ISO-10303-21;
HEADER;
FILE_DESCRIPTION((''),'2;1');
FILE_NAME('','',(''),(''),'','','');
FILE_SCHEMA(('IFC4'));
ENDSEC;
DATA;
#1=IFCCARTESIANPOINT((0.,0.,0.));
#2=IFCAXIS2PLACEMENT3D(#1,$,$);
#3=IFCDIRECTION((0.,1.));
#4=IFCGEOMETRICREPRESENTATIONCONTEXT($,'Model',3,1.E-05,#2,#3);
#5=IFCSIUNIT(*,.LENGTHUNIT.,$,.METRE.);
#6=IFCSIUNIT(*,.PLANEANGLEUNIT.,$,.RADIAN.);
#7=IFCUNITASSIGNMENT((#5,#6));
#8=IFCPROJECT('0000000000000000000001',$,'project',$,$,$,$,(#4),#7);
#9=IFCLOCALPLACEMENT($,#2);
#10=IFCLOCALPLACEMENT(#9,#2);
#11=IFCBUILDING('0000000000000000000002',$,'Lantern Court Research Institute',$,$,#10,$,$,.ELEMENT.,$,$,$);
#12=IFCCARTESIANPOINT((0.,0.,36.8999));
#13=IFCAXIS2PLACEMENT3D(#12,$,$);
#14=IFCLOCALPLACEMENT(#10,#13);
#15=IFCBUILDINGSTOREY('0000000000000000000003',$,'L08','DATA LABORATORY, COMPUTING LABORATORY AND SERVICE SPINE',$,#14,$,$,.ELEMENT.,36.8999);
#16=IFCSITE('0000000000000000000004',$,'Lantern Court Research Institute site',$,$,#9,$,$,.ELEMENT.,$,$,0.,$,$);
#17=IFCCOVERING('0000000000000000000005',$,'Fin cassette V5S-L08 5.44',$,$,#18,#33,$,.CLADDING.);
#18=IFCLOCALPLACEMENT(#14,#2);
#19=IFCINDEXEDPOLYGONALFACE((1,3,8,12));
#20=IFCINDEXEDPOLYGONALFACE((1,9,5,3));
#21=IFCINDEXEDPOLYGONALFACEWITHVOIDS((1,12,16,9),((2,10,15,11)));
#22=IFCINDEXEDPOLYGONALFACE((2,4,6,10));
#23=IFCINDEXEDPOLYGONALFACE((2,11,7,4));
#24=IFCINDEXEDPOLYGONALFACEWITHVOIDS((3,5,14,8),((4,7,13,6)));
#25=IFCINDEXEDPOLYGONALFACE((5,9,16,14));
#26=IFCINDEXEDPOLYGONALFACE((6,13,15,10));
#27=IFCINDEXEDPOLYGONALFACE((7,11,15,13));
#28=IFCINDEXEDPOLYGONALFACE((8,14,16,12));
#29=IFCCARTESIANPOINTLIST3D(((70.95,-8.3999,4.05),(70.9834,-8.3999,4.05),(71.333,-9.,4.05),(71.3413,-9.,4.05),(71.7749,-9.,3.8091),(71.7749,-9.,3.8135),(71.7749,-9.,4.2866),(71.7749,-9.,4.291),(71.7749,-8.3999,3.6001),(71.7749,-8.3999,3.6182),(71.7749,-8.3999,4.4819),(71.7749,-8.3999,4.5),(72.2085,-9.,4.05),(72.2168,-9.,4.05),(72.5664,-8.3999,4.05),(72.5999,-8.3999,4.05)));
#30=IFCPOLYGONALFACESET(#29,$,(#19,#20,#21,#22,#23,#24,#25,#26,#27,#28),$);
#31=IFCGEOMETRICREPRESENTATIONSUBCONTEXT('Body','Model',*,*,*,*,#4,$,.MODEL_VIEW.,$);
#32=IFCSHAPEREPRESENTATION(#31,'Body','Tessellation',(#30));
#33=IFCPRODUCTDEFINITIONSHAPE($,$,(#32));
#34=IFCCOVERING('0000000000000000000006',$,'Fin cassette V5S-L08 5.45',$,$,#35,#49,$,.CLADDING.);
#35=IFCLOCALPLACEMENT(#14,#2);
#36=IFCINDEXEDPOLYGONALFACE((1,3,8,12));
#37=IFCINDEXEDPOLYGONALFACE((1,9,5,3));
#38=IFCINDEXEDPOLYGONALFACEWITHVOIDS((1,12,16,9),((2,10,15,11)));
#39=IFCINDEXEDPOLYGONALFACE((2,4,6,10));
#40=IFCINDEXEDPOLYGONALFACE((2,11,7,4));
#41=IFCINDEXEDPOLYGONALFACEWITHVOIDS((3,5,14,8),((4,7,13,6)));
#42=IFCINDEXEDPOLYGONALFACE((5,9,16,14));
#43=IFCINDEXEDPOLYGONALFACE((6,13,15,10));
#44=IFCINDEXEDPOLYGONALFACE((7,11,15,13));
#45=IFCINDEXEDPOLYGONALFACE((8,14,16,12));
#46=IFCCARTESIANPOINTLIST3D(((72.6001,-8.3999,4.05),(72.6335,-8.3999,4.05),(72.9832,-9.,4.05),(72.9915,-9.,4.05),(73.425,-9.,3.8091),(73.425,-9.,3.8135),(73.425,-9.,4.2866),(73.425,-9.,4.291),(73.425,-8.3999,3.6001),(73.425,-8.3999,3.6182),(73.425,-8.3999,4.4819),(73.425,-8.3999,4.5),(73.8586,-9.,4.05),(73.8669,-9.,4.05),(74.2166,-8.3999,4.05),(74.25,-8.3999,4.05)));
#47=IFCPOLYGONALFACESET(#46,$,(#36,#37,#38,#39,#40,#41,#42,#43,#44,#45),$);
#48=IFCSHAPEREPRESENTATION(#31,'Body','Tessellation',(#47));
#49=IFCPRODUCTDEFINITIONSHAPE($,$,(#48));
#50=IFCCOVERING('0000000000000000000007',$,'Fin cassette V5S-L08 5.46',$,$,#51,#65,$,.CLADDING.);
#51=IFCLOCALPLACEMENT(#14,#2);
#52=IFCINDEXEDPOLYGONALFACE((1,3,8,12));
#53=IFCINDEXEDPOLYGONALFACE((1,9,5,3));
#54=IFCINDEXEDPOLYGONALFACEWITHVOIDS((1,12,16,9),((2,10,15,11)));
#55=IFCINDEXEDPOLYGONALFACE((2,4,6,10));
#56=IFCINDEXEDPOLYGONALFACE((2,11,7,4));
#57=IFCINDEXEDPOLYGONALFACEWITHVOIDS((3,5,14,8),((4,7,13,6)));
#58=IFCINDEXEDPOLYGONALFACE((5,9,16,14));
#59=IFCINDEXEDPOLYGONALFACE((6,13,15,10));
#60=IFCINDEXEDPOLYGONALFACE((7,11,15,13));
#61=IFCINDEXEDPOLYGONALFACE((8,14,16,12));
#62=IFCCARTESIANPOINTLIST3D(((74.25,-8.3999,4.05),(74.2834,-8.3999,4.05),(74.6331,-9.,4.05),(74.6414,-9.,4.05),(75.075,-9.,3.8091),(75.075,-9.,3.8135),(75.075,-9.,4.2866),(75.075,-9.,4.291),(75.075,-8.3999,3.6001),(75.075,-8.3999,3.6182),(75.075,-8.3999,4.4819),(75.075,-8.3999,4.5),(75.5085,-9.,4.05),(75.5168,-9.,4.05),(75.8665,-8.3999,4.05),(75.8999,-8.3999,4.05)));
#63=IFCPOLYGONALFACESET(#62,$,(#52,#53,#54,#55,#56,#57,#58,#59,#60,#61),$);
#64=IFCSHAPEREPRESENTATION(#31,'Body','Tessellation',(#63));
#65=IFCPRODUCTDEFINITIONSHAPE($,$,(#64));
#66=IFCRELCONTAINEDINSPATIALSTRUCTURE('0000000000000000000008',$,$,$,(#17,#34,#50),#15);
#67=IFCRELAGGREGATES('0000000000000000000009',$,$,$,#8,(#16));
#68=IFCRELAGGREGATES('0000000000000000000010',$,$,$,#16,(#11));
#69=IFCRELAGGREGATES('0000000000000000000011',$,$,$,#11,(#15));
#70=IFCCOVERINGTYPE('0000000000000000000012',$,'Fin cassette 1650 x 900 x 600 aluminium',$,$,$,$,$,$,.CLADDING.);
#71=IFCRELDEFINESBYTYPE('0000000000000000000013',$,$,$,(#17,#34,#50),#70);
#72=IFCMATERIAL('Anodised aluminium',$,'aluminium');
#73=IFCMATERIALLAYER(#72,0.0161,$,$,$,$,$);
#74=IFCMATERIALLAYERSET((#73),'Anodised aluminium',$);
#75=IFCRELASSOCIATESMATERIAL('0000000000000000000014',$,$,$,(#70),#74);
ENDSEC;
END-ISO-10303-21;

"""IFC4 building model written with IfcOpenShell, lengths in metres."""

from ifc_helpers import new_model, entity, si_unit, direction, frame, origin, place, context, subcontext, project, spatial, material, layer, layer_set, type_object, element, save


model = new_model("IFC4")

# Units and contexts
model_context = context("Model", 3, precision=1e-05, world=origin(), true_north=direction((0.0, 1.0)))
body_context = subcontext(model_context, "Body", "Model", "MODEL_VIEW")
ifc_project = project(units=[si_unit("LENGTHUNIT", "METRE"), si_unit("PLANEANGLEUNIT", "RADIAN")], contexts=[model_context])

# Site, building, storey
site_placement = place(None, origin())
site = spatial("IfcSite", under=ifc_project, at=site_placement, Name="Lantern Court Research Institute site", CompositionType="ELEMENT", RefElevation=0.0)
building_placement = place(site_placement, origin())
building = spatial("IfcBuilding", under=site, at=building_placement, Name="Lantern Court Research Institute", CompositionType="ELEMENT")
storey_placement = place(building_placement, frame((0.0, 0.0, 36.8999)))
storey = spatial("IfcBuildingStorey", under=building, at=storey_placement, Name="L08", Description="DATA LABORATORY, COMPUTING LABORATORY AND SERVICE SPINE", CompositionType="ELEMENT", Elevation=36.8999)

# Coverings
ifc_material = material(Name="Anodised aluminium", Category="aluminium")
ifc_layer = layer(ifc_material, 0.0161)
ifc_layer_set = layer_set([ifc_layer], Name="Anodised aluminium")
covering_type = type_object("IfcCoveringType", Name="Fin cassette 1650 x 900 x 600 aluminium", PredefinedType="CLADDING", material=ifc_layer_set)
covering_1_placement = place(storey_placement, frame((71.7749, -8.3999, 4.05), z_axis=(0.0, -1.0, 0.0), x_axis=(1.0, 0.0, 0.0)))
cartesian_point_1 = entity("IfcCartesianPoint", [0.825, 0.0])
cartesian_point_2 = entity("IfcCartesianPoint", [0.7915, 0.0])
cartesian_point_3 = entity("IfcCartesianPoint", [0.4419, 0.0])
cartesian_point_4 = entity("IfcCartesianPoint", [0.4336, 0.0])
element("IfcCovering", 1, at=covering_1_placement, inside=storey, type_object=covering_type, Name="Fin cassette V5S-L08 5.44", PredefinedType="CLADDING", context=body_context, shape_type="SweptSolid", body=[
    entity("IfcExtrudedAreaSolidTapered", entity("IfcArbitraryProfileDefWithVoids", "AREA", None, entity("IfcPolyline", [cartesian_point_1, entity("IfcCartesianPoint", [0.0, 0.45]), entity("IfcCartesianPoint", [-0.825, 0.0]), entity("IfcCartesianPoint", [0.0, -0.45]), cartesian_point_1]), [entity("IfcPolyline", [cartesian_point_2, entity("IfcCartesianPoint", [0.0, 0.4319]), entity("IfcCartesianPoint", [-0.7915, 0.0]), entity("IfcCartesianPoint", [0.0, -0.4319]), cartesian_point_2])]), entity("IfcAxis2Placement3D", entity("IfcCartesianPoint", [0.0, 0.0, 0.0])), entity("IfcDirection", [0.0, 0.0, 1.0]), 0.6001, entity("IfcArbitraryProfileDefWithVoids", "AREA", None, entity("IfcPolyline", [cartesian_point_3, entity("IfcCartesianPoint", [0.0, 0.241]), entity("IfcCartesianPoint", [-0.4419, 0.0]), entity("IfcCartesianPoint", [0.0, -0.241]), cartesian_point_3]), [entity("IfcPolyline", [cartesian_point_4, entity("IfcCartesianPoint", [0.0, 0.2366]), entity("IfcCartesianPoint", [-0.4336, 0.0]), entity("IfcCartesianPoint", [0.0, -0.2366]), cartesian_point_4])])),
])
covering_2_placement = place(storey_placement, frame((73.425, -8.3999, 4.05), z_axis=(0.0, -1.0, 0.0), x_axis=(1.0, 0.0, 0.0)))
cartesian_point_5 = entity("IfcCartesianPoint", [0.825, 0.0])
cartesian_point_6 = entity("IfcCartesianPoint", [0.7915, 0.0])
cartesian_point_7 = entity("IfcCartesianPoint", [0.4419, 0.0])
cartesian_point_8 = entity("IfcCartesianPoint", [0.4336, 0.0])
element("IfcCovering", 2, at=covering_2_placement, inside=storey, type_object=covering_type, Name="Fin cassette V5S-L08 5.45", PredefinedType="CLADDING", context=body_context, shape_type="SweptSolid", body=[
    entity("IfcExtrudedAreaSolidTapered", entity("IfcArbitraryProfileDefWithVoids", "AREA", None, entity("IfcPolyline", [cartesian_point_5, entity("IfcCartesianPoint", [0.0, 0.45]), entity("IfcCartesianPoint", [-0.825, 0.0]), entity("IfcCartesianPoint", [0.0, -0.45]), cartesian_point_5]), [entity("IfcPolyline", [cartesian_point_6, entity("IfcCartesianPoint", [0.0, 0.4319]), entity("IfcCartesianPoint", [-0.7915, 0.0]), entity("IfcCartesianPoint", [0.0, -0.4319]), cartesian_point_6])]), entity("IfcAxis2Placement3D", entity("IfcCartesianPoint", [0.0, 0.0, 0.0])), entity("IfcDirection", [0.0, 0.0, 1.0]), 0.6001, entity("IfcArbitraryProfileDefWithVoids", "AREA", None, entity("IfcPolyline", [cartesian_point_7, entity("IfcCartesianPoint", [0.0, 0.241]), entity("IfcCartesianPoint", [-0.4419, 0.0]), entity("IfcCartesianPoint", [0.0, -0.241]), cartesian_point_7]), [entity("IfcPolyline", [cartesian_point_8, entity("IfcCartesianPoint", [0.0, 0.2366]), entity("IfcCartesianPoint", [-0.4336, 0.0]), entity("IfcCartesianPoint", [0.0, -0.2366]), cartesian_point_8])])),
])
covering_3_placement = place(storey_placement, frame((75.075, -8.3999, 4.05), z_axis=(0.0, -1.0, 0.0), x_axis=(1.0, 0.0, 0.0)))
cartesian_point_9 = entity("IfcCartesianPoint", [0.825, 0.0])
cartesian_point_10 = entity("IfcCartesianPoint", [0.7915, 0.0])
cartesian_point_11 = entity("IfcCartesianPoint", [0.4419, 0.0])
cartesian_point_12 = entity("IfcCartesianPoint", [0.4336, 0.0])
element("IfcCovering", 3, at=covering_3_placement, inside=storey, type_object=covering_type, Name="Fin cassette V5S-L08 5.46", PredefinedType="CLADDING", context=body_context, shape_type="SweptSolid", body=[
    entity("IfcExtrudedAreaSolidTapered", entity("IfcArbitraryProfileDefWithVoids", "AREA", None, entity("IfcPolyline", [cartesian_point_9, entity("IfcCartesianPoint", [0.0, 0.45]), entity("IfcCartesianPoint", [-0.825, 0.0]), entity("IfcCartesianPoint", [0.0, -0.45]), cartesian_point_9]), [entity("IfcPolyline", [cartesian_point_10, entity("IfcCartesianPoint", [0.0, 0.4319]), entity("IfcCartesianPoint", [-0.7915, 0.0]), entity("IfcCartesianPoint", [0.0, -0.4319]), cartesian_point_10])]), entity("IfcAxis2Placement3D", entity("IfcCartesianPoint", [0.0, 0.0, 0.0])), entity("IfcDirection", [0.0, 0.0, 1.0]), 0.6001, entity("IfcArbitraryProfileDefWithVoids", "AREA", None, entity("IfcPolyline", [cartesian_point_11, entity("IfcCartesianPoint", [0.0, 0.241]), entity("IfcCartesianPoint", [-0.4419, 0.0]), entity("IfcCartesianPoint", [0.0, -0.241]), cartesian_point_11]), [entity("IfcPolyline", [cartesian_point_12, entity("IfcCartesianPoint", [0.0, 0.2366]), entity("IfcCartesianPoint", [-0.4336, 0.0]), entity("IfcCartesianPoint", [0.0, -0.2366]), cartesian_point_12])])),
])

save(model, "model.ifc")
